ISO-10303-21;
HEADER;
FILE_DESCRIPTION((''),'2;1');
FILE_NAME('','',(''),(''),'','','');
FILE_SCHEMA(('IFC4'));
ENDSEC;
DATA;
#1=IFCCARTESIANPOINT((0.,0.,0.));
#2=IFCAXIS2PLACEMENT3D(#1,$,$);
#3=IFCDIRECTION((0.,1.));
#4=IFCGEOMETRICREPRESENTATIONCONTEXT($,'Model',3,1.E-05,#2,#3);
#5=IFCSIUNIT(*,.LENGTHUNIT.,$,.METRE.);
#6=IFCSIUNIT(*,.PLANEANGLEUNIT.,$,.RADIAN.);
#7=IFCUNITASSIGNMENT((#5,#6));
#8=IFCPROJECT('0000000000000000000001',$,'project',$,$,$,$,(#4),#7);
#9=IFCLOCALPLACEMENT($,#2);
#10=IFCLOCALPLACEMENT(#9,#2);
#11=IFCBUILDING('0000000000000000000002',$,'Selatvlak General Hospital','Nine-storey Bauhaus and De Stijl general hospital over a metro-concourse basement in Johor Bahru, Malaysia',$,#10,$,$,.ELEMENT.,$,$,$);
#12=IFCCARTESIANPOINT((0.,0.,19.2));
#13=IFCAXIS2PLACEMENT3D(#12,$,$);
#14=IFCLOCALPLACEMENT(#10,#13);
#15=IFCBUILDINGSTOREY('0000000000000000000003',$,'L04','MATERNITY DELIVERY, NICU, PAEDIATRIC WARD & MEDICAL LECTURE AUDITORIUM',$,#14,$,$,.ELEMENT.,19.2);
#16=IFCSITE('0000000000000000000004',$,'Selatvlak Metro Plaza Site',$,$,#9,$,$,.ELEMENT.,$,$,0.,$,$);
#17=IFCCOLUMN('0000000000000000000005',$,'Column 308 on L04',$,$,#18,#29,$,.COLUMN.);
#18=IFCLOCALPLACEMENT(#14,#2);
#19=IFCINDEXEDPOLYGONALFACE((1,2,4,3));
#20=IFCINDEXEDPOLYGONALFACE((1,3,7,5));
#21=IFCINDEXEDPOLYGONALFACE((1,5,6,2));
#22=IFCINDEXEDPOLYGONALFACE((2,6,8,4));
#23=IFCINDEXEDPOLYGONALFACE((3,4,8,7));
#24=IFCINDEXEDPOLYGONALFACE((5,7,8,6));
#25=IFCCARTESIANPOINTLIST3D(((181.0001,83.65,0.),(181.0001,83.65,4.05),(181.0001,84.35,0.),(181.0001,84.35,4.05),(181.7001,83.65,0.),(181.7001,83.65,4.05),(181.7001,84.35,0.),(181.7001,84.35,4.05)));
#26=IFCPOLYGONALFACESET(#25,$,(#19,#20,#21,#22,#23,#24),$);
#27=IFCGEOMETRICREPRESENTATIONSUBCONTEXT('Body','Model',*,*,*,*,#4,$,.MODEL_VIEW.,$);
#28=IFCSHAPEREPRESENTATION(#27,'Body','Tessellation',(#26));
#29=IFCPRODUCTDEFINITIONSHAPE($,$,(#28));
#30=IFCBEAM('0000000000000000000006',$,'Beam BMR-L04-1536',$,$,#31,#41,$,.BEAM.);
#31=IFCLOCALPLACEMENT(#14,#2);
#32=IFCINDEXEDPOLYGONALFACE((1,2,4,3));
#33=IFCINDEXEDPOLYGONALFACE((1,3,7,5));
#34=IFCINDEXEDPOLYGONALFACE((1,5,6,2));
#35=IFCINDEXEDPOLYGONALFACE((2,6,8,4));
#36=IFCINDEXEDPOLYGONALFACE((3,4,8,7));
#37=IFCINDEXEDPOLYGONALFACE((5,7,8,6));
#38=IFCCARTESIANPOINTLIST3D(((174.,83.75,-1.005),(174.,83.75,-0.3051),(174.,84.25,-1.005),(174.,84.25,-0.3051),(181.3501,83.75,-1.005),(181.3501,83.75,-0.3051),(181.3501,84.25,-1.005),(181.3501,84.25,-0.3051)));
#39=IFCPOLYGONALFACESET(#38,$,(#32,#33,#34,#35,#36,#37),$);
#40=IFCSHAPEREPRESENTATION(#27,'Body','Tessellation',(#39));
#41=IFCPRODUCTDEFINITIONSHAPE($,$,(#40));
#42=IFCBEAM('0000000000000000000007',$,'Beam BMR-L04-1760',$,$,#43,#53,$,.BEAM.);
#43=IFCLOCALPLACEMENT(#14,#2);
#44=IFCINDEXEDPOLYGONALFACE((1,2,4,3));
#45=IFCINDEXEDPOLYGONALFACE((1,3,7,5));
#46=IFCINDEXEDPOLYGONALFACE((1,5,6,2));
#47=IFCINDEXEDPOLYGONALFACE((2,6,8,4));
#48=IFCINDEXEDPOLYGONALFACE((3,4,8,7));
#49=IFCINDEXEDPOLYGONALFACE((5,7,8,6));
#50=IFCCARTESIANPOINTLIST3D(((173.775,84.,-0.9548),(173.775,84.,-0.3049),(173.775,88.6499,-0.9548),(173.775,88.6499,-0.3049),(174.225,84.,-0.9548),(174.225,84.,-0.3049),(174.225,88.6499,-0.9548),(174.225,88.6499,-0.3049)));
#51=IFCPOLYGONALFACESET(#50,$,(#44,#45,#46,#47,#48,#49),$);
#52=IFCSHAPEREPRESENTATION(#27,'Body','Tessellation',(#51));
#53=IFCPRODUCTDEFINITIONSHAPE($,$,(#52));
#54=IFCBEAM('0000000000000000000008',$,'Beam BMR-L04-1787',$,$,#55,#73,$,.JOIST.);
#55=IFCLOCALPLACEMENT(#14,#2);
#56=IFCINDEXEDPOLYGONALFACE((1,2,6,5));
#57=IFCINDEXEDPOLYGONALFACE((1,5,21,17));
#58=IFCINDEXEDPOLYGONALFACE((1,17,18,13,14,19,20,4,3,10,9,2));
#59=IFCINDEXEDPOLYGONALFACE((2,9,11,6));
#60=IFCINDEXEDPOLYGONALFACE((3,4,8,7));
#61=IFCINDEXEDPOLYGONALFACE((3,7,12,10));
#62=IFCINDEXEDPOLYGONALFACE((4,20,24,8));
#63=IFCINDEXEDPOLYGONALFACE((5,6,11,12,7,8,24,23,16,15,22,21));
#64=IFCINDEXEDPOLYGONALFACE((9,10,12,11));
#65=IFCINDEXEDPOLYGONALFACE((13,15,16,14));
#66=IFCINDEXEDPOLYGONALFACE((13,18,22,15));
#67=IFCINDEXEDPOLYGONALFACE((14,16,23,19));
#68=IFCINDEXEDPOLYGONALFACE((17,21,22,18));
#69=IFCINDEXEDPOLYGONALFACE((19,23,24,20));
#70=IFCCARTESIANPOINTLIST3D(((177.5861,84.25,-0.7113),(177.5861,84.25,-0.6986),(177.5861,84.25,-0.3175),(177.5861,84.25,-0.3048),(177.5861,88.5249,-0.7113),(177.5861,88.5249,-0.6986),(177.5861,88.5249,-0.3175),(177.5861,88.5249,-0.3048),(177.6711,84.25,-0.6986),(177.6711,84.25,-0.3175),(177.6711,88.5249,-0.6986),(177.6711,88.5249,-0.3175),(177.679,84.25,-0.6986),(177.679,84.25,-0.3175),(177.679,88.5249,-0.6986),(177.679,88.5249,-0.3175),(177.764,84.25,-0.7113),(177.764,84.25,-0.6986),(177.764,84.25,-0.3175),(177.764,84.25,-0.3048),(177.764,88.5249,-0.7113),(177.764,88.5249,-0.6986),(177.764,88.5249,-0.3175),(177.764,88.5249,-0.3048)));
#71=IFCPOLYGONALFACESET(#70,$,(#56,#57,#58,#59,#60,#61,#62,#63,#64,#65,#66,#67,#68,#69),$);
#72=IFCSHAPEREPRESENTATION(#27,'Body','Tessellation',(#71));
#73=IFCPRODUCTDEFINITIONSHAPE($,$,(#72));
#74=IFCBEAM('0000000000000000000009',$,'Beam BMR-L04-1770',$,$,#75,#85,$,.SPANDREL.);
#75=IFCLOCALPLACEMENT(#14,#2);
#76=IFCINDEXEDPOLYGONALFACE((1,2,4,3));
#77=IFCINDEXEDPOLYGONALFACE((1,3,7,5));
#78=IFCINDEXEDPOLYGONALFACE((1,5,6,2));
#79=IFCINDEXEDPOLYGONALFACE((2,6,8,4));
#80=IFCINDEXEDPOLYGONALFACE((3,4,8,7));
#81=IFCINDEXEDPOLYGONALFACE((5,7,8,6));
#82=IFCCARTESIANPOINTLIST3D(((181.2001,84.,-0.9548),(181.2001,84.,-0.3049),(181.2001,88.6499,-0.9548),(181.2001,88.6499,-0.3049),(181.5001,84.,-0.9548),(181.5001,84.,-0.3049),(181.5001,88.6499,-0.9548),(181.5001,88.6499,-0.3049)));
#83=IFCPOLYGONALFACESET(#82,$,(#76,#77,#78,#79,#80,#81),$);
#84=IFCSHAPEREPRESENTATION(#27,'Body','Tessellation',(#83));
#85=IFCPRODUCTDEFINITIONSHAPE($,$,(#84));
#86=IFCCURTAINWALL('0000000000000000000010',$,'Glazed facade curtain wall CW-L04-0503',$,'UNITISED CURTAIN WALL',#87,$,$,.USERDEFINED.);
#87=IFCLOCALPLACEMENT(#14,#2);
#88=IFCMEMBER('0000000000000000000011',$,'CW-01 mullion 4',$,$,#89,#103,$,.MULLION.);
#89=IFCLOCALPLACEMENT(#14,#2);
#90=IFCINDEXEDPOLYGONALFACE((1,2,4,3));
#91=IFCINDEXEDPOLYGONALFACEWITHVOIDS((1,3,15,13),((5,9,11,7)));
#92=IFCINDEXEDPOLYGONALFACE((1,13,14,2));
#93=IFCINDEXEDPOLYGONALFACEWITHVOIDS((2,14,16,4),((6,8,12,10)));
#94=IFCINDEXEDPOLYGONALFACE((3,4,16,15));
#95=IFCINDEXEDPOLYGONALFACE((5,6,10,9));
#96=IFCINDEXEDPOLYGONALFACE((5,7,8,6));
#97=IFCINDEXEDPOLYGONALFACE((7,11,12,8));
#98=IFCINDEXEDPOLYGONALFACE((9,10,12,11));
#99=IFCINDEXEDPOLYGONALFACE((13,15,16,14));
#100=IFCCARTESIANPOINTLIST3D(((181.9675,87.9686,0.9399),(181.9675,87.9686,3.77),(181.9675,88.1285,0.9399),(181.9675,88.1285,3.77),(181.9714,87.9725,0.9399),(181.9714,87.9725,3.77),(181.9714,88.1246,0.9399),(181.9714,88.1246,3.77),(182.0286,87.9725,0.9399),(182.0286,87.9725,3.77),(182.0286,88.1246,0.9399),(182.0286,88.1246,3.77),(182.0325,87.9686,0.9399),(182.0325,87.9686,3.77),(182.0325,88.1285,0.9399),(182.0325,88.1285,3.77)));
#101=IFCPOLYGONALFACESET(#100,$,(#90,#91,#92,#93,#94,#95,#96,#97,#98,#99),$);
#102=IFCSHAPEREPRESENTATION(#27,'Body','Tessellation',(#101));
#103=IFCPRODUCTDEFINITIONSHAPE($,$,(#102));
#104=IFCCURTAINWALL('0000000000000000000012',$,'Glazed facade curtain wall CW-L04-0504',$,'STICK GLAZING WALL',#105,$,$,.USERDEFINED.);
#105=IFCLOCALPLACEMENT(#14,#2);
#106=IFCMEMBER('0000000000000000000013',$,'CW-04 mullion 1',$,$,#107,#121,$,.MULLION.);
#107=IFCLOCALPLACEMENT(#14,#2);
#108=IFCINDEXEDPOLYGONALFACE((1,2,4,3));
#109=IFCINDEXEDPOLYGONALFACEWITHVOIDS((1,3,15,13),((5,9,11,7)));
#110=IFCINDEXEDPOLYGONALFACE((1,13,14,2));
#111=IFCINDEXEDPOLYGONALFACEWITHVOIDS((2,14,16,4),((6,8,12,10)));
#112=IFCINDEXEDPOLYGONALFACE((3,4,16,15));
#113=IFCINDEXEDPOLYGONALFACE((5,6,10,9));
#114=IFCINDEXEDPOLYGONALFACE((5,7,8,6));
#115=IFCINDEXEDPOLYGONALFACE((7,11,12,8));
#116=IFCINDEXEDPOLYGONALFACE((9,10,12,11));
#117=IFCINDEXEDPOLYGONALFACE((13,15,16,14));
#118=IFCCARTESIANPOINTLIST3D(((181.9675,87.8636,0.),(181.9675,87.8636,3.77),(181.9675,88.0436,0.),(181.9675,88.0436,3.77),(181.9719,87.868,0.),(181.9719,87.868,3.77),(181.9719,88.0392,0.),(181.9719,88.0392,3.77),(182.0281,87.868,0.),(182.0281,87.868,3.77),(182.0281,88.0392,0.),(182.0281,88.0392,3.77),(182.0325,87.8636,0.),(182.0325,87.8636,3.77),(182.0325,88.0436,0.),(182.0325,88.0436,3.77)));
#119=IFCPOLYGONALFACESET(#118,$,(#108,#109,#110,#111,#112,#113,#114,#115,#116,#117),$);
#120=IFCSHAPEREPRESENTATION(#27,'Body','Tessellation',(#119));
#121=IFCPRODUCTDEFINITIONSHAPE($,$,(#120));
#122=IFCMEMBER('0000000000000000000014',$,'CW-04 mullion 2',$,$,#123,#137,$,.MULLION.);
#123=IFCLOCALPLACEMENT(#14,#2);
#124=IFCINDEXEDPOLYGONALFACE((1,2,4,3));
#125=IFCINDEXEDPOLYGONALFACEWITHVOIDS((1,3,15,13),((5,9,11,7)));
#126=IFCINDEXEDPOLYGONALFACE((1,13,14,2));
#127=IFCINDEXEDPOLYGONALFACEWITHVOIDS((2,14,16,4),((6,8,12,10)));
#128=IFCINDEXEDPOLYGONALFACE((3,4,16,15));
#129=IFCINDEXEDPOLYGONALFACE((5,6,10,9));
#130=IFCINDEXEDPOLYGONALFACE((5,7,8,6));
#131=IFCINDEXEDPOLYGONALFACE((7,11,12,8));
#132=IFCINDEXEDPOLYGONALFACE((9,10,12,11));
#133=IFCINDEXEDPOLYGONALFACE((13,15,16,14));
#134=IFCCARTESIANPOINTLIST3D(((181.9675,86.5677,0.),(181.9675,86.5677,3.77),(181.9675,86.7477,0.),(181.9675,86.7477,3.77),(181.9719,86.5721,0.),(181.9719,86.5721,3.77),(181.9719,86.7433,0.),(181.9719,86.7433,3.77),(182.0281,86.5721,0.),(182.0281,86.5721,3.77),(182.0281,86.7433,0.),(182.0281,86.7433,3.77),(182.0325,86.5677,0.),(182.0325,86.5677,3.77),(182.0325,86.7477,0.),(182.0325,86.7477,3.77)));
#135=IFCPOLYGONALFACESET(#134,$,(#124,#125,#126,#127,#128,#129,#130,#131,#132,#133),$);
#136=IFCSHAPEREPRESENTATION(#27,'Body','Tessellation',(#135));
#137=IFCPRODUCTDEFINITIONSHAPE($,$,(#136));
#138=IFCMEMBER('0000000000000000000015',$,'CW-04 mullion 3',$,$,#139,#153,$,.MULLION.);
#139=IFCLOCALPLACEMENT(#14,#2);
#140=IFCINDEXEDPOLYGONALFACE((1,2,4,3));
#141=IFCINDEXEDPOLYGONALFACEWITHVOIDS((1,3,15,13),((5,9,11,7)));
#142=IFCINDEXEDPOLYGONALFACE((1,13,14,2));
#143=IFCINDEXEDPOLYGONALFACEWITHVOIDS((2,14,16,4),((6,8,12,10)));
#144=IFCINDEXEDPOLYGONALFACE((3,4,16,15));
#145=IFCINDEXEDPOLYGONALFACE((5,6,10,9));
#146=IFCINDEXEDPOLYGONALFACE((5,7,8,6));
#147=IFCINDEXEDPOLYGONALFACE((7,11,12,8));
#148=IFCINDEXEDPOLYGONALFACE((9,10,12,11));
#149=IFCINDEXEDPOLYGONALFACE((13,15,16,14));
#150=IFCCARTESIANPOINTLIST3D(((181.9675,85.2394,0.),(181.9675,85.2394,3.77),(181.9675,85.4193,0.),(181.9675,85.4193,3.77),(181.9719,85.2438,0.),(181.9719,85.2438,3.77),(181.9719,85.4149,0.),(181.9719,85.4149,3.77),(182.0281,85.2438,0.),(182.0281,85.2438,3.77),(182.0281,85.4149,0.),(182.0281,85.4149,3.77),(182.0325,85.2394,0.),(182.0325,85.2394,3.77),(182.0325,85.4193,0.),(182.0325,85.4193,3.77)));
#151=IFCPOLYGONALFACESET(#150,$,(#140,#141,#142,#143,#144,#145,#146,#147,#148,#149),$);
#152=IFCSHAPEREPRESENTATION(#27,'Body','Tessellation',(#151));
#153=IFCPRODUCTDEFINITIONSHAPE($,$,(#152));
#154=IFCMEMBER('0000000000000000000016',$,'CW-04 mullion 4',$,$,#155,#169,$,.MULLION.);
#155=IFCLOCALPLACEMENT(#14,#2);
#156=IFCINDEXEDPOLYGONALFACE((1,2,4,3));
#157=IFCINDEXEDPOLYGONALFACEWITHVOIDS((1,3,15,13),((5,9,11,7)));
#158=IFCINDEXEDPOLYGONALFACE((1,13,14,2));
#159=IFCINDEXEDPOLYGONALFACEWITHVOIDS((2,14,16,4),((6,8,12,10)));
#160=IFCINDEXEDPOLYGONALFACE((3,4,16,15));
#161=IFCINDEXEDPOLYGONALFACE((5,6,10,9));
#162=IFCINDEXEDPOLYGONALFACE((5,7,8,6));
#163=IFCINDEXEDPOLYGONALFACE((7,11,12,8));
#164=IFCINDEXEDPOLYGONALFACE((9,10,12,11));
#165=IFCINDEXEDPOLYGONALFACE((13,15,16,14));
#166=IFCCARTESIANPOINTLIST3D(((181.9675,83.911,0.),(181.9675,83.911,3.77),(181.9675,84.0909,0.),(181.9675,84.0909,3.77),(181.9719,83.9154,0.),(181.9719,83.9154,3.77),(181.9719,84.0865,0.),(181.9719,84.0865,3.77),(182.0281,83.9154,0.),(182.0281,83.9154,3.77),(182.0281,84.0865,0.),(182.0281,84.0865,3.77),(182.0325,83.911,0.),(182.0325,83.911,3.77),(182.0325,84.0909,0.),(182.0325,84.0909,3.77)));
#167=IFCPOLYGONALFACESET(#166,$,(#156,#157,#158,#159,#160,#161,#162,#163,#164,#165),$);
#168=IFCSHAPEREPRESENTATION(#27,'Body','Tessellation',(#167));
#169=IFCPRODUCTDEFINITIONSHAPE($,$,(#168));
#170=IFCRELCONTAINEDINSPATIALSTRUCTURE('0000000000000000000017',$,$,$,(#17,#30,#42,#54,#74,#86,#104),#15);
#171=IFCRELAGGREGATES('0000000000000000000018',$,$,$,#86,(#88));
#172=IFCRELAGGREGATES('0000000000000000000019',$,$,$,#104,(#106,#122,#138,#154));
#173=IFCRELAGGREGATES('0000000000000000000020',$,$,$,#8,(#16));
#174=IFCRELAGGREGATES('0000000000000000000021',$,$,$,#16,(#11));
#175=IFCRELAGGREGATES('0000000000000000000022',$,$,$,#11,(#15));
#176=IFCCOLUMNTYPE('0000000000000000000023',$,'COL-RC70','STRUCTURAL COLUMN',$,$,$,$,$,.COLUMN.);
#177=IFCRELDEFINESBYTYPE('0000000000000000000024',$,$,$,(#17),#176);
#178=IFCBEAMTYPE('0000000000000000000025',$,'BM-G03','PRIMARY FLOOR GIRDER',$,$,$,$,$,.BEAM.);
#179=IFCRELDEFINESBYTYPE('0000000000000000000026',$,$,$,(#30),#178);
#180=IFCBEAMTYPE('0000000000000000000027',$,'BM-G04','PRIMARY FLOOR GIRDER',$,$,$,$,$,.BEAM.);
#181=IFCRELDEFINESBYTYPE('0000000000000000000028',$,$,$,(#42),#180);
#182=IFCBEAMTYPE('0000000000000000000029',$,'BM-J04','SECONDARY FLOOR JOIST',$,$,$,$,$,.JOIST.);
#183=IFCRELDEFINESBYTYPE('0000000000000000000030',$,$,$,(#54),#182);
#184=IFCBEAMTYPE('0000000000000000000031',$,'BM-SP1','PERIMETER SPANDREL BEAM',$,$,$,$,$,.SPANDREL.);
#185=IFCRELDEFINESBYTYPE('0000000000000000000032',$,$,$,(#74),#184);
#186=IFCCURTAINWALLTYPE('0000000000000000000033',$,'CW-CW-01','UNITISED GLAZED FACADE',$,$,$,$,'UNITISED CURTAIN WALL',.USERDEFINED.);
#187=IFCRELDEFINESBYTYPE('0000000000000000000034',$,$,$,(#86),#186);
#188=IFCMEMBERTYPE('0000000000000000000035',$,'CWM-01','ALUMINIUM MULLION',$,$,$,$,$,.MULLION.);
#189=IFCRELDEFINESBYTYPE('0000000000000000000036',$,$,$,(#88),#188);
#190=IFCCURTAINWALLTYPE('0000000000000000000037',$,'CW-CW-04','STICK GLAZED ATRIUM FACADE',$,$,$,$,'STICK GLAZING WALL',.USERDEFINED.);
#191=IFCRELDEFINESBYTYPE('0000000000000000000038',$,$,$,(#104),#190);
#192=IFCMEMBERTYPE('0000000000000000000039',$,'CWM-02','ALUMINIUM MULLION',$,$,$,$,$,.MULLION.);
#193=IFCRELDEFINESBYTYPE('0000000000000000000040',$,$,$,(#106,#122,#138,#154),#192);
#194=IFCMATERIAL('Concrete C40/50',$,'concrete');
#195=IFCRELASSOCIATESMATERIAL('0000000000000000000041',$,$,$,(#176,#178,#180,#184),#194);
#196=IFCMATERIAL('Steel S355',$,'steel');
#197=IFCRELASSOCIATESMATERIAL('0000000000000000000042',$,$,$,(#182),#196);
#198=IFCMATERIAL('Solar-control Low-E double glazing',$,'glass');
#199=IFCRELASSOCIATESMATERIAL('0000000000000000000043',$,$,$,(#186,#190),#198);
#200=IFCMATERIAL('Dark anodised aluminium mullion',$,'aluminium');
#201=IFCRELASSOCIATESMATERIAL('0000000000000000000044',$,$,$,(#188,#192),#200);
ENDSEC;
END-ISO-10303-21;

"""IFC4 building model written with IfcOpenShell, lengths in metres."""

from ifc_helpers import new_model, si_unit, direction, frame, origin, origin_2d, place, context, subcontext, project, spatial, rectangle, hollow_rectangle, i_section, extrude, material, material_profile, profile_set, type_object, element, aggregate, save


model = new_model("IFC4")

# Units and contexts
model_context = context("Model", 3, precision=1e-05, world=origin(), true_north=direction((0.0, 1.0)))
body_context = subcontext(model_context, "Body", "Model", "MODEL_VIEW")
ifc_project = project(units=[si_unit("LENGTHUNIT", "METRE"), si_unit("PLANEANGLEUNIT", "RADIAN")], contexts=[model_context])

# Site, building, storey
site_placement = place(None, origin())
site = spatial("IfcSite", under=ifc_project, at=site_placement, Name="Selatvlak Metro Plaza Site", CompositionType="ELEMENT", RefElevation=0.0)
building_placement = place(site_placement, origin())
building = spatial("IfcBuilding", under=site, at=building_placement, Name="Selatvlak General Hospital", Description="Nine-storey Bauhaus and De Stijl general hospital over a metro-concourse basement in Johor Bahru, Malaysia", CompositionType="ELEMENT")
storey_placement = place(building_placement, frame((0.0, 0.0, 19.2)))
storey = spatial("IfcBuildingStorey", under=building, at=storey_placement, Name="L04", Description="MATERNITY DELIVERY, NICU, PAEDIATRIC WARD & MEDICAL LECTURE AUDITORIUM", CompositionType="ELEMENT", Elevation=19.2)

# Column
ifc_material_1 = material(Name="Concrete C40/50", Category="concrete")
ifc_material_profile_1 = material_profile(ifc_material_1, rectangle(XDim=0.7, YDim=0.7, at=origin_2d()), Name="RC-COL 700x700")
ifc_profile_set_1 = profile_set([ifc_material_profile_1], Name="Concrete C40/50")
column_type = type_object("IfcColumnType", Name="COL-RC70", Description="STRUCTURAL COLUMN", PredefinedType="COLUMN", material=ifc_profile_set_1)
column_placement = place(storey_placement, frame((181.3501, 84.0, 0.0), z_axis=(0.0, 0.0, 1.0), x_axis=(1.0, 0.0, 0.0)))
element("IfcColumn", 1, at=column_placement, inside=storey, type_object=column_type, Name="Column 308 on L04", PredefinedType="COLUMN", context=body_context, shape_type="SweptSolid", body=[
    extrude(rectangle(XDim=0.7, YDim=0.7, at=origin_2d()), origin(), (0.0, 0.0, 1.0), 4.05),
])

# Beams
ifc_material_profile_2 = material_profile(ifc_material_1, rectangle(XDim=0.5, YDim=0.7, at=origin_2d()), Name="RC-BM 500x700")
ifc_profile_set_2 = profile_set([ifc_material_profile_2], Name="Concrete C40/50")
beam_type_1 = type_object("IfcBeamType", Name="BM-G03", Description="PRIMARY FLOOR GIRDER", PredefinedType="BEAM", material=ifc_profile_set_2)
beam_1_placement = place(storey_placement, frame((174.0, 84.0, -0.655), z_axis=(1.0, 0.0, 0.0), x_axis=(0.0, 1.0, 0.0)))
element("IfcBeam", 2, at=beam_1_placement, inside=storey, type_object=beam_type_1, Name="Beam BMR-L04-1536", PredefinedType="BEAM", context=body_context, shape_type="SweptSolid", body=[
    extrude(rectangle(XDim=0.5, YDim=0.7, at=origin_2d()), origin(), (0.0, 0.0, 1.0), 7.3501),
])
ifc_material_profile_3 = material_profile(ifc_material_1, rectangle(XDim=0.45, YDim=0.6499, at=origin_2d()), Name="RC-BM 450x650")
ifc_profile_set_3 = profile_set([ifc_material_profile_3], Name="Concrete C40/50")
beam_type_2 = type_object("IfcBeamType", Name="BM-G04", Description="PRIMARY FLOOR GIRDER", PredefinedType="BEAM", material=ifc_profile_set_3)
beam_2_placement = place(storey_placement, frame((174.0, 84.0, -0.6299), z_axis=(0.0, 1.0, 0.0), x_axis=(-1.0, 0.0, 0.0)))
element("IfcBeam", 3, at=beam_2_placement, inside=storey, type_object=beam_type_2, Name="Beam BMR-L04-1760", PredefinedType="BEAM", context=body_context, shape_type="SweptSolid", body=[
    extrude(rectangle(XDim=0.45, YDim=0.6499, at=origin_2d()), origin(), (0.0, 0.0, 1.0), 4.6499),
])
ifc_material_2 = material(Name="Steel S355", Category="steel")
ifc_material_profile_4 = material_profile(ifc_material_2, i_section(OverallWidth=0.178, OverallDepth=0.4065, WebThickness=0.0078, FlangeThickness=0.0127, at=origin_2d()), Name="UB 406x178x60")
ifc_profile_set_4 = profile_set([ifc_material_profile_4], Name="Steel S355")
beam_type_3 = type_object("IfcBeamType", Name="BM-J04", Description="SECONDARY FLOOR JOIST", PredefinedType="JOIST", material=ifc_profile_set_4)
beam_3_placement = place(storey_placement, frame((177.675, 84.25, -0.5081), z_axis=(0.0, 1.0, 0.0), x_axis=(-1.0, 0.0, 0.0)))
element("IfcBeam", 4, at=beam_3_placement, inside=storey, type_object=beam_type_3, Name="Beam BMR-L04-1787", PredefinedType="JOIST", context=body_context, shape_type="SweptSolid", body=[
    extrude(i_section(OverallWidth=0.178, OverallDepth=0.4065, WebThickness=0.0078, FlangeThickness=0.0127, at=origin_2d()), origin(), (0.0, 0.0, 1.0), 4.2749),
])
ifc_material_profile_5 = material_profile(ifc_material_1, rectangle(XDim=0.3, YDim=0.6499, at=origin_2d()), Name="RC-SP 300x650")
ifc_profile_set_5 = profile_set([ifc_material_profile_5], Name="Concrete C40/50")
beam_type_4 = type_object("IfcBeamType", Name="BM-SP1", Description="PERIMETER SPANDREL BEAM", PredefinedType="SPANDREL", material=ifc_profile_set_5)
beam_4_placement = place(storey_placement, frame((181.3501, 84.0, -0.6299), z_axis=(0.0, 1.0, 0.0), x_axis=(-1.0, 0.0, 0.0)))
element("IfcBeam", 5, at=beam_4_placement, inside=storey, type_object=beam_type_4, Name="Beam BMR-L04-1770", PredefinedType="SPANDREL", context=body_context, shape_type="SweptSolid", body=[
    extrude(rectangle(XDim=0.3, YDim=0.6499, at=origin_2d()), origin(), (0.0, 0.0, 1.0), 4.6499),
])

# Curtain wall, member
ifc_material_3 = material(Name="Solar-control Low-E double glazing", Category="glass")
curtain_wall_type_1 = type_object("IfcCurtainWallType", Name="CW-CW-01", Description="UNITISED GLAZED FACADE", ElementType="UNITISED CURTAIN WALL", PredefinedType="USERDEFINED", material=ifc_material_3)
curtain_wall_1_placement = place(storey_placement, origin())
curtain_wall_1 = element("IfcCurtainWall", 6, at=curtain_wall_1_placement, inside=storey, type_object=curtain_wall_type_1, Name="Glazed facade curtain wall CW-L04-0503", ObjectType="UNITISED CURTAIN WALL", PredefinedType="USERDEFINED")
ifc_material_4 = material(Name="Dark anodised aluminium mullion", Category="aluminium")
ifc_material_profile_6 = material_profile(ifc_material_4, hollow_rectangle(XDim=0.0649, YDim=0.1599, WallThickness=0.0039, at=origin_2d()), Name="AL-MUL 65x160x4")
ifc_profile_set_6 = profile_set([ifc_material_profile_6], Name="Dark anodised aluminium mullion")
member_type_1 = type_object("IfcMemberType", Name="CWM-01", Description="ALUMINIUM MULLION", PredefinedType="MULLION", material=ifc_profile_set_6)
member_1_placement = place(storey_placement, frame((182.0, 88.0486, 0.9399), z_axis=(0.0, 0.0, 1.0), x_axis=(1.0, 0.0, 0.0)))
member_1 = element("IfcMember", 7, at=member_1_placement, type_object=member_type_1, Name="CW-01 mullion 4", PredefinedType="MULLION", context=body_context, shape_type="SweptSolid", body=[
    extrude(hollow_rectangle(XDim=0.0649, YDim=0.1599, WallThickness=0.0039, at=origin_2d()), origin(), (0.0, 0.0, 1.0), 2.8301),
])
aggregate(curtain_wall_1, [member_1])

# Curtain wall, members
curtain_wall_type_2 = type_object("IfcCurtainWallType", Name="CW-CW-04", Description="STICK GLAZED ATRIUM FACADE", ElementType="STICK GLAZING WALL", PredefinedType="USERDEFINED", material=ifc_material_3)
curtain_wall_2_placement = place(storey_placement, origin())
curtain_wall_2 = element("IfcCurtainWall", 8, at=curtain_wall_2_placement, inside=storey, type_object=curtain_wall_type_2, Name="Glazed facade curtain wall CW-L04-0504", ObjectType="STICK GLAZING WALL", PredefinedType="USERDEFINED")
ifc_material_profile_7 = material_profile(ifc_material_4, hollow_rectangle(XDim=0.0649, YDim=0.1799, WallThickness=0.0044, at=origin_2d()), Name="AL-MUL 65x180x4.5")
ifc_profile_set_7 = profile_set([ifc_material_profile_7], Name="Dark anodised aluminium mullion")
member_type_2 = type_object("IfcMemberType", Name="CWM-02", Description="ALUMINIUM MULLION", PredefinedType="MULLION", material=ifc_profile_set_7)
member_2_placement = place(storey_placement, frame((182.0, 87.9536, 0.0), z_axis=(0.0, 0.0, 1.0), x_axis=(1.0, 0.0, 0.0)))
member_2 = element("IfcMember", 9, at=member_2_placement, type_object=member_type_2, Name="CW-04 mullion 1", PredefinedType="MULLION", context=body_context, shape_type="SweptSolid", body=[
    extrude(hollow_rectangle(XDim=0.0649, YDim=0.1799, WallThickness=0.0044, at=origin_2d()), origin(), (0.0, 0.0, 1.0), 3.77),
])
member_3_placement = place(storey_placement, frame((182.0, 86.6577, 0.0), z_axis=(0.0, 0.0, 1.0), x_axis=(1.0, 0.0, 0.0)))
member_3 = element("IfcMember", 10, at=member_3_placement, type_object=member_type_2, Name="CW-04 mullion 2", PredefinedType="MULLION", context=body_context, shape_type="SweptSolid", body=[
    extrude(hollow_rectangle(XDim=0.0649, YDim=0.1799, WallThickness=0.0044, at=origin_2d()), origin(), (0.0, 0.0, 1.0), 3.77),
])
member_4_placement = place(storey_placement, frame((182.0, 85.3293, 0.0), z_axis=(0.0, 0.0, 1.0), x_axis=(1.0, 0.0, 0.0)))
member_4 = element("IfcMember", 11, at=member_4_placement, type_object=member_type_2, Name="CW-04 mullion 3", PredefinedType="MULLION", context=body_context, shape_type="SweptSolid", body=[
    extrude(hollow_rectangle(XDim=0.0649, YDim=0.1799, WallThickness=0.0044, at=origin_2d()), origin(), (0.0, 0.0, 1.0), 3.77),
])
member_5_placement = place(storey_placement, frame((182.0, 84.001, 0.0), z_axis=(0.0, 0.0, 1.0), x_axis=(1.0, 0.0, 0.0)))
member_5 = element("IfcMember", 12, at=member_5_placement, type_object=member_type_2, Name="CW-04 mullion 4", PredefinedType="MULLION", context=body_context, shape_type="SweptSolid", body=[
    extrude(hollow_rectangle(XDim=0.0649, YDim=0.1799, WallThickness=0.0044, at=origin_2d()), origin(), (0.0, 0.0, 1.0), 3.77),
])
aggregate(curtain_wall_2, [member_2, member_3, member_4, member_5])

save(model, "model.ifc")
